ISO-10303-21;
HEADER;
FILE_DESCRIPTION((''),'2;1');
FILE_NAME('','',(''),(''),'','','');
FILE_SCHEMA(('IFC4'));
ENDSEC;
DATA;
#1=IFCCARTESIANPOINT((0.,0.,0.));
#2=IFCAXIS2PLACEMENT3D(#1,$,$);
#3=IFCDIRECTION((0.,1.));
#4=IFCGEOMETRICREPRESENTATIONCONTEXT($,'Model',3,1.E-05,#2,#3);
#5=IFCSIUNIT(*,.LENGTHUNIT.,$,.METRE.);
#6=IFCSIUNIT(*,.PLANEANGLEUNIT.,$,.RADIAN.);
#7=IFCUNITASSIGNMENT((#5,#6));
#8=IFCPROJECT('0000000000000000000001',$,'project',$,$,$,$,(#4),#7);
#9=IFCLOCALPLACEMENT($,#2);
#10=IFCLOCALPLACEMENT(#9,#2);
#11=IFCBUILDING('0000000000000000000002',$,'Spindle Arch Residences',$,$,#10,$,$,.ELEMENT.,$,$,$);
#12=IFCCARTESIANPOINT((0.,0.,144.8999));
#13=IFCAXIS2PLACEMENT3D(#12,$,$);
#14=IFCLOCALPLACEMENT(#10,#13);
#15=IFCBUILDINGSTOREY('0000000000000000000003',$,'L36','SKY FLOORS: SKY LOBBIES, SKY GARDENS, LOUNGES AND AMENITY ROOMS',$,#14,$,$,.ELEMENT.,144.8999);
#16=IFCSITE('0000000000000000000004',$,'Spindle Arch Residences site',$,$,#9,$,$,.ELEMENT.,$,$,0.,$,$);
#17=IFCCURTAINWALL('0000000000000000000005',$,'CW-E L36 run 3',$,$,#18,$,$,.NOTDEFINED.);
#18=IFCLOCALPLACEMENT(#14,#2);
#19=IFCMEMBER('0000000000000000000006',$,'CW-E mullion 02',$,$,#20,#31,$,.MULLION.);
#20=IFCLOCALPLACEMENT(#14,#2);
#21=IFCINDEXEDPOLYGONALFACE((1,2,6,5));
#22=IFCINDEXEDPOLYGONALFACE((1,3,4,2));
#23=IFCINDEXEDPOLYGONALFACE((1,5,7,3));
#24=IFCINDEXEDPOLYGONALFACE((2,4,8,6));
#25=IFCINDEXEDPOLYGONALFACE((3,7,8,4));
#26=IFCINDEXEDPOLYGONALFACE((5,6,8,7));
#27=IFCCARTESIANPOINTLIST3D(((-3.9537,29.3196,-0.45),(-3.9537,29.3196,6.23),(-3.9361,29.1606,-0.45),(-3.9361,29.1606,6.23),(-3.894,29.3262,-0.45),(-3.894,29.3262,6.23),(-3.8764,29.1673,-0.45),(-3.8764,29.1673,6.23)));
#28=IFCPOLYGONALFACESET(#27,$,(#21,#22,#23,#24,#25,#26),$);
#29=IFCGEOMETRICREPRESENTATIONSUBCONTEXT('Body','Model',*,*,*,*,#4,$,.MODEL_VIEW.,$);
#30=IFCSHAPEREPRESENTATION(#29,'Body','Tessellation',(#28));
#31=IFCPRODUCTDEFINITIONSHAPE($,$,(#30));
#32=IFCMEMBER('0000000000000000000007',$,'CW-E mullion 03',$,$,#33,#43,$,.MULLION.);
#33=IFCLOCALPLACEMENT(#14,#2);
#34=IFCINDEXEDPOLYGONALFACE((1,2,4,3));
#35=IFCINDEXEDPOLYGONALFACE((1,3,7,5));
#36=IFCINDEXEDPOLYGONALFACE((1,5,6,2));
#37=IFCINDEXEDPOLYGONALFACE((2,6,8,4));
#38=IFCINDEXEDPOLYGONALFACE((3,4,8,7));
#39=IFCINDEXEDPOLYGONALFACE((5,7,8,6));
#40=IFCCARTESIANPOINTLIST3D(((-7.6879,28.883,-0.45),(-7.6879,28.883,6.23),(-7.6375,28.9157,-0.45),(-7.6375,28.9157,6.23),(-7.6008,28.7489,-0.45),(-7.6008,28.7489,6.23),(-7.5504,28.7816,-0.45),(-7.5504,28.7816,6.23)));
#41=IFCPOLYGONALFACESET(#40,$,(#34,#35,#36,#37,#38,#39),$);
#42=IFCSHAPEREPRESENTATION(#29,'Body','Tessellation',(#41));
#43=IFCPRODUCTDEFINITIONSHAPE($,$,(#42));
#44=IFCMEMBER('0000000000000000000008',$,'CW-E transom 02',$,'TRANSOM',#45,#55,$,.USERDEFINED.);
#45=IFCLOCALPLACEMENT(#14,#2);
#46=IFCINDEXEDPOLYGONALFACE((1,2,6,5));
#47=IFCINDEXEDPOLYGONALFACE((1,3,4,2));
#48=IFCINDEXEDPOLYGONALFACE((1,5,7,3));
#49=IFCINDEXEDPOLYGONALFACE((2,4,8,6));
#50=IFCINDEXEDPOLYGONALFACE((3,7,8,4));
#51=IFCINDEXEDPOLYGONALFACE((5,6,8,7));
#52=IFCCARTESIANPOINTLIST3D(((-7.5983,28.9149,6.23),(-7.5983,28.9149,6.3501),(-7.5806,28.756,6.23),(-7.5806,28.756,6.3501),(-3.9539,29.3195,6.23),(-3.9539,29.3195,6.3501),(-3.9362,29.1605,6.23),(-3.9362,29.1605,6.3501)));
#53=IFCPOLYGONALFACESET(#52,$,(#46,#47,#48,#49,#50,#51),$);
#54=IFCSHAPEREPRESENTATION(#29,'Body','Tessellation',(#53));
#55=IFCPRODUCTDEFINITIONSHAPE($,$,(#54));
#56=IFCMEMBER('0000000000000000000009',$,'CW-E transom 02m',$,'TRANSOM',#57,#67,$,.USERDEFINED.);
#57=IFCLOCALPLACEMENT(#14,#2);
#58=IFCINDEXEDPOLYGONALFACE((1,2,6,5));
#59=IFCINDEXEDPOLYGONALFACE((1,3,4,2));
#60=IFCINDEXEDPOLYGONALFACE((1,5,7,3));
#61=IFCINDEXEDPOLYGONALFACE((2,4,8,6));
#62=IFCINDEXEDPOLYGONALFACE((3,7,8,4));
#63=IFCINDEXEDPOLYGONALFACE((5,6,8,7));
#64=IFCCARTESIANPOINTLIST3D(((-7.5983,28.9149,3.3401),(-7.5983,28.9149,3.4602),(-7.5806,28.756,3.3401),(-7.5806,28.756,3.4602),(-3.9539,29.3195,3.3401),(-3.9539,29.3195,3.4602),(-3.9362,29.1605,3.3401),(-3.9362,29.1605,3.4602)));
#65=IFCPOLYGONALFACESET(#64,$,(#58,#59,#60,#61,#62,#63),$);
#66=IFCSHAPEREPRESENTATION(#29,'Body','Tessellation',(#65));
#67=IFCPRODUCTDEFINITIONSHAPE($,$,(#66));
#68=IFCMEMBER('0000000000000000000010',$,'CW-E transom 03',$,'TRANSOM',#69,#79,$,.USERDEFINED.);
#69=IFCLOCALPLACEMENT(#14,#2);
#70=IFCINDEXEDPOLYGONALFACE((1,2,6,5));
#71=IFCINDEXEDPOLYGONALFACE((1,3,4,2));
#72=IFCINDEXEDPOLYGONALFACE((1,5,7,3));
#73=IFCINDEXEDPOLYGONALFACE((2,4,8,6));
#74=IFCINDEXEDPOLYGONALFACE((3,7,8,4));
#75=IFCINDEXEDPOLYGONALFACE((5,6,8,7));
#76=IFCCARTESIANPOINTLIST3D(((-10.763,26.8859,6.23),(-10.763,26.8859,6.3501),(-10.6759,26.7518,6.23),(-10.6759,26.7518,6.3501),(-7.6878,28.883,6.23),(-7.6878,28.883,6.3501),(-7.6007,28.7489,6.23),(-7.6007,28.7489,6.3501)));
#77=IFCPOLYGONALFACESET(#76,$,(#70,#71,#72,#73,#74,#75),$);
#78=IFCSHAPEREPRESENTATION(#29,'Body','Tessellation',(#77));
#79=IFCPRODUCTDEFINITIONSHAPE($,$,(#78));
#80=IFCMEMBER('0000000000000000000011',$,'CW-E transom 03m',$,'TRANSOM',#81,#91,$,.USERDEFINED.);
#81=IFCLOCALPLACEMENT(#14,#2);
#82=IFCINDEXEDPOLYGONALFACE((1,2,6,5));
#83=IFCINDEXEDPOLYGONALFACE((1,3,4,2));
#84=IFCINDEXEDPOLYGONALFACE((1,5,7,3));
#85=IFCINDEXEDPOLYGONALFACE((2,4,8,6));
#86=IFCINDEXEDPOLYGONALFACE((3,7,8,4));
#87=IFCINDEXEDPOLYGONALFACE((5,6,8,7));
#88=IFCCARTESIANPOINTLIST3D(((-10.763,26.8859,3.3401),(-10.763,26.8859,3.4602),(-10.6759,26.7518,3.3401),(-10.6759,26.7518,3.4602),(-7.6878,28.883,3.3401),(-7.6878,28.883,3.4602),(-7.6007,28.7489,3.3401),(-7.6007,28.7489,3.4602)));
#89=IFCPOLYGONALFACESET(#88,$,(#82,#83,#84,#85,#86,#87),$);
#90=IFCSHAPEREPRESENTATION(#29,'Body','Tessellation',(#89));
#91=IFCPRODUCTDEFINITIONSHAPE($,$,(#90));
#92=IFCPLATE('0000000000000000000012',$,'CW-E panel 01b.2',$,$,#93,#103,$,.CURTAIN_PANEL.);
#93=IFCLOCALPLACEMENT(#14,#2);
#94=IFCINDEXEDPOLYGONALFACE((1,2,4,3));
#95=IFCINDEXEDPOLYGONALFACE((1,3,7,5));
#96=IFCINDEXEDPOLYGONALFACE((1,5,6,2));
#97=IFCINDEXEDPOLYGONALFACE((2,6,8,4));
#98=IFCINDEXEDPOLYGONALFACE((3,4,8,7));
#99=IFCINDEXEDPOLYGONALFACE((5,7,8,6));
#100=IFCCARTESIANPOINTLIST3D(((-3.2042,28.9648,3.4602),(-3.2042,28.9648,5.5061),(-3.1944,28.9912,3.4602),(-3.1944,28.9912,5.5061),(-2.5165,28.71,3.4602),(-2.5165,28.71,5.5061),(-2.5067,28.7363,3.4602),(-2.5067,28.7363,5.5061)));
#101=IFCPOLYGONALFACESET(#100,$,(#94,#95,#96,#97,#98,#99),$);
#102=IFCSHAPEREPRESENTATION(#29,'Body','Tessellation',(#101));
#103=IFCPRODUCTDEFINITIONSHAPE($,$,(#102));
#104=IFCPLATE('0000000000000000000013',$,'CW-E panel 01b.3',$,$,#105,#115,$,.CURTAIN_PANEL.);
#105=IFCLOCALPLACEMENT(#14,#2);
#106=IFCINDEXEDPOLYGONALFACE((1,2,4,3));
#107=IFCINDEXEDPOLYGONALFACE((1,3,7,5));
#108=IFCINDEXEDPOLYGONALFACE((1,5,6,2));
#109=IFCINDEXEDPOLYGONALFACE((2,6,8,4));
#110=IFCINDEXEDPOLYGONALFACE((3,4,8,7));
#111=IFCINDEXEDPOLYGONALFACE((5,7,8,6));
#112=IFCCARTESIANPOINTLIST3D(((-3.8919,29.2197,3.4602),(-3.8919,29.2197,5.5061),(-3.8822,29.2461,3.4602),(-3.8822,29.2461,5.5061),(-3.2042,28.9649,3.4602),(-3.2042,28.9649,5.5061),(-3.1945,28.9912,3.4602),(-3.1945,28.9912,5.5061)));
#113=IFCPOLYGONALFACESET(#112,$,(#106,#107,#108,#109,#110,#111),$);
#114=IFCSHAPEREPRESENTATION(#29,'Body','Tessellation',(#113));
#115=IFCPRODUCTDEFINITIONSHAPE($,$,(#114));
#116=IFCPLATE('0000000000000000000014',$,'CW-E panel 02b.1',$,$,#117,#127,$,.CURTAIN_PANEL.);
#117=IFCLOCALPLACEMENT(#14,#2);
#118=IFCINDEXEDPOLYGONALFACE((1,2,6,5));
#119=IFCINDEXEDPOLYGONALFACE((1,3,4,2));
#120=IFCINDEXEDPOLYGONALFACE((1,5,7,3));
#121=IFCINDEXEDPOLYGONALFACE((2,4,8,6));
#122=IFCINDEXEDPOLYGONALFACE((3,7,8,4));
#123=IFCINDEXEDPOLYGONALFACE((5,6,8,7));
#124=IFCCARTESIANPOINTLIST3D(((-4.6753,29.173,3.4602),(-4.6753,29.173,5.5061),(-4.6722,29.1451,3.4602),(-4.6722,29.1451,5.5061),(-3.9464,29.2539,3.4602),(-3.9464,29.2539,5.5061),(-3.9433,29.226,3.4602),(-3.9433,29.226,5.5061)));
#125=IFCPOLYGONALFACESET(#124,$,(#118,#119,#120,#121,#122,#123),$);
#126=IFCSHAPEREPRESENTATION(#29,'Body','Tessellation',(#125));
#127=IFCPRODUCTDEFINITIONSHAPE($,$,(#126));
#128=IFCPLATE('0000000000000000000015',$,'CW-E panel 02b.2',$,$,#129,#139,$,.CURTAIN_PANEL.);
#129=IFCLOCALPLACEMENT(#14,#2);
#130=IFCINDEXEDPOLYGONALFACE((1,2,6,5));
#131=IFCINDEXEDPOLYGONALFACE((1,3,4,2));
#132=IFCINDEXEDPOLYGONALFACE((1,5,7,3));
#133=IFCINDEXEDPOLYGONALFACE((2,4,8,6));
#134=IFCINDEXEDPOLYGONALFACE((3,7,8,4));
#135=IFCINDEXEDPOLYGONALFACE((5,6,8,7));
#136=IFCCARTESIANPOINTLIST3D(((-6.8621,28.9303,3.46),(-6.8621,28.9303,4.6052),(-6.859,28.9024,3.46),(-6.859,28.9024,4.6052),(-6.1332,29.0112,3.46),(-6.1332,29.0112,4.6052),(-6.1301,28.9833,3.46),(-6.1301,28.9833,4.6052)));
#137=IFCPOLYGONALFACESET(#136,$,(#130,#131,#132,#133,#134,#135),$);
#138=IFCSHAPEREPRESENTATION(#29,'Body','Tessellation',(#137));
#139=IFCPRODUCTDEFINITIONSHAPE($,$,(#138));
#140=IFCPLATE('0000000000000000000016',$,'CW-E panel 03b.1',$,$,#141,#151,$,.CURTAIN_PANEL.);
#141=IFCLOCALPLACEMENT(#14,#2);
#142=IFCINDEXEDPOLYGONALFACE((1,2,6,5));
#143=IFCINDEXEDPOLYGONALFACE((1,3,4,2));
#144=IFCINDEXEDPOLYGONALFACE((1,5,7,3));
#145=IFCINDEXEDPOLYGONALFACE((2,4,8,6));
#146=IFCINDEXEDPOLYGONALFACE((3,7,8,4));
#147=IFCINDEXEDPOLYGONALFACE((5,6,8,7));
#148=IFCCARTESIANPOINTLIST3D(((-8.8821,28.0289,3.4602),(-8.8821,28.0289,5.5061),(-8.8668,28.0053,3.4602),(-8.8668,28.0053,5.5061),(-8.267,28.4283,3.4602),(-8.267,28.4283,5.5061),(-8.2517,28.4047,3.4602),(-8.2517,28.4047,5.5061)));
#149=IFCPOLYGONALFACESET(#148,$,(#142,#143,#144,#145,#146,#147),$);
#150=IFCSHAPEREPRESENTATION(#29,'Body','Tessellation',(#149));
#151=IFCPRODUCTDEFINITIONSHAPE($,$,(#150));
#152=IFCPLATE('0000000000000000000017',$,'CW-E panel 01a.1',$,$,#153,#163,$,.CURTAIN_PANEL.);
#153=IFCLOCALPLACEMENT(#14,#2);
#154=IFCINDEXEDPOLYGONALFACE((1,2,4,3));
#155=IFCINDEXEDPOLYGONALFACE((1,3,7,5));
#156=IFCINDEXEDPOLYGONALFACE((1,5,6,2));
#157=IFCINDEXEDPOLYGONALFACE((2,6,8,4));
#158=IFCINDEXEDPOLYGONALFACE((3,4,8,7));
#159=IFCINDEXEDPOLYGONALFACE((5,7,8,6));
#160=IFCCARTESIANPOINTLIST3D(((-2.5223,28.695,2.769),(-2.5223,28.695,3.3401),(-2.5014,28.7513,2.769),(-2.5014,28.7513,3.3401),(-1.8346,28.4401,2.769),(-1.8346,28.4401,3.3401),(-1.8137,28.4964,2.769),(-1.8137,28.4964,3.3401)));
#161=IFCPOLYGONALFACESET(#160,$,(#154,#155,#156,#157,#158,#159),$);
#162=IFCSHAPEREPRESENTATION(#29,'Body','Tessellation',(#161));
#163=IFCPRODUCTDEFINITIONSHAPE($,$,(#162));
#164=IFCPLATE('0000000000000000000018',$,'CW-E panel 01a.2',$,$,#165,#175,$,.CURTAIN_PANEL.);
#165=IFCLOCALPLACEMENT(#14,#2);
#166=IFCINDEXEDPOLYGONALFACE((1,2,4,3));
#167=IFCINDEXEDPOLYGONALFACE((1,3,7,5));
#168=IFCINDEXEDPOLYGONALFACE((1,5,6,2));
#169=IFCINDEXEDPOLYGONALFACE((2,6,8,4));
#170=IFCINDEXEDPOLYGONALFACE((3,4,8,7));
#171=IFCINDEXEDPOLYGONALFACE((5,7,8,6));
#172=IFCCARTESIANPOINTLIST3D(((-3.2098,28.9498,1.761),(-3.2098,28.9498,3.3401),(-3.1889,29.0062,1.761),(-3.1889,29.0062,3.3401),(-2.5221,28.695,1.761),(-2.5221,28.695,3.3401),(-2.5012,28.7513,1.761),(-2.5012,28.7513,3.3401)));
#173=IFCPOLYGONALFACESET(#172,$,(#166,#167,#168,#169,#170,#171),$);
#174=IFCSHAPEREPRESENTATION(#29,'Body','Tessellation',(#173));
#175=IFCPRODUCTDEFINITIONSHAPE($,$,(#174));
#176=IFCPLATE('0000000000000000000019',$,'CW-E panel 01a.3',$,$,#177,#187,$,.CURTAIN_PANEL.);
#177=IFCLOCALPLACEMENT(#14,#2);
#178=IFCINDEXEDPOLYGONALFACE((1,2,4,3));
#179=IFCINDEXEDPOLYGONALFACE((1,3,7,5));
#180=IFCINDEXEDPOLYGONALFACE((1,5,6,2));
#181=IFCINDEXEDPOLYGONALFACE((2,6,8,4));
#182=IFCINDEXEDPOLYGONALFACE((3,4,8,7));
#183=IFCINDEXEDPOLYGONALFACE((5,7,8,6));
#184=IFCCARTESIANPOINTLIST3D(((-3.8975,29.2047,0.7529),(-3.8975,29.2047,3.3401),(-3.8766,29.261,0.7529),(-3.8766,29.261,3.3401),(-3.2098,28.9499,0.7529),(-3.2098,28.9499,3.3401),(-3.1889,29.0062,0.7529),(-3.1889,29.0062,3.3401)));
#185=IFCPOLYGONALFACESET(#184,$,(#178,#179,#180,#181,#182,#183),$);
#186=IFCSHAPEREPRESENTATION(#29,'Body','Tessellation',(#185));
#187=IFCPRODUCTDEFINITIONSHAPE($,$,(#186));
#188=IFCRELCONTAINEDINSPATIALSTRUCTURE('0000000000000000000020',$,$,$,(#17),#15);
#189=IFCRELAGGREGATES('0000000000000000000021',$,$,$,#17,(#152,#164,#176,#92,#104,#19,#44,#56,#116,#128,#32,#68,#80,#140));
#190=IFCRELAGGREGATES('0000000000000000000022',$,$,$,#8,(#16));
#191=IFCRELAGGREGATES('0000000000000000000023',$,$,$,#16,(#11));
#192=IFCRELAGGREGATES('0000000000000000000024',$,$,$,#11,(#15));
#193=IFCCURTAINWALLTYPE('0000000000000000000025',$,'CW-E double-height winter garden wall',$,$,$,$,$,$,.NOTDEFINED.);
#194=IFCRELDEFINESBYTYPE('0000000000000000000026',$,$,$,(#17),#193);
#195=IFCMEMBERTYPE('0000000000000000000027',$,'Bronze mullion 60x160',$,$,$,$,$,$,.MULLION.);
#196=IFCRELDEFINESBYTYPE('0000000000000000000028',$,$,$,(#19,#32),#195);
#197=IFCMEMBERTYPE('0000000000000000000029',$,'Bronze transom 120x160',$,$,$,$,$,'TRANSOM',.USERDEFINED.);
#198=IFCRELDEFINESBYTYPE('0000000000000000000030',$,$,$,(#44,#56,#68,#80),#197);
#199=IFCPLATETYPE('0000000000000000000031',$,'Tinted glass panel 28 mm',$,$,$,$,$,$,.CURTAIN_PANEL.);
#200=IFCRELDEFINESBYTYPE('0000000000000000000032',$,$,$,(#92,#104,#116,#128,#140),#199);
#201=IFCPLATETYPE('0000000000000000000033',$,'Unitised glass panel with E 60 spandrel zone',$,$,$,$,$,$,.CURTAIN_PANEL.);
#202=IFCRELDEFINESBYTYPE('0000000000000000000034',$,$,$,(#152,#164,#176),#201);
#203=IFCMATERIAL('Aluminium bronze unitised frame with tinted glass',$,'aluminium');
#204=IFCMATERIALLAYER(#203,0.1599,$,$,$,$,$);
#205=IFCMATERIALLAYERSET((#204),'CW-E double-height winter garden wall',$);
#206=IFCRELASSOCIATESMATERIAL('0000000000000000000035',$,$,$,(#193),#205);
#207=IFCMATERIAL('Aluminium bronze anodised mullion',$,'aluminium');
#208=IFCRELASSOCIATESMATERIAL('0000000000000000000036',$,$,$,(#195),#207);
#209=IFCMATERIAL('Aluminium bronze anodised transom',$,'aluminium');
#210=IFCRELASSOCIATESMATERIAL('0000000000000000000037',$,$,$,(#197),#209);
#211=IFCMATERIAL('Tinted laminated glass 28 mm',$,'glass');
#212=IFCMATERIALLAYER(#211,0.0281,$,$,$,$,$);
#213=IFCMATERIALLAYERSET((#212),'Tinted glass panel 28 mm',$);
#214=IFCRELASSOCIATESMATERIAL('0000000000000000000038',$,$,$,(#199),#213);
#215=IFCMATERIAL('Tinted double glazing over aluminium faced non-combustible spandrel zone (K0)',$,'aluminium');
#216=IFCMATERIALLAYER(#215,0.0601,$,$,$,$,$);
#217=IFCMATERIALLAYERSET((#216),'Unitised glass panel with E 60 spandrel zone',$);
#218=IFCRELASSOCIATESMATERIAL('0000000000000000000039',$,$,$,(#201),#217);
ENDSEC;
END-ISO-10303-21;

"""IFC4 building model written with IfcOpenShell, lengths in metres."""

from ifc_helpers import new_model, si_unit, direction, frame, origin, origin_2d, place, context, subcontext, project, spatial, rectangle, extrude, material, layer, layer_set, material_profile, profile_set, type_object, element, aggregate, save


model = new_model("IFC4")

# Units and contexts
model_context = context("Model", 3, precision=1e-05, world=origin(), true_north=direction((0.0, 1.0)))
body_context = subcontext(model_context, "Body", "Model", "MODEL_VIEW")
ifc_project = project(units=[si_unit("LENGTHUNIT", "METRE"), si_unit("PLANEANGLEUNIT", "RADIAN")], contexts=[model_context])

# Site, building, storey
site_placement = place(None, origin())
site = spatial("IfcSite", under=ifc_project, at=site_placement, Name="Spindle Arch Residences site", CompositionType="ELEMENT", RefElevation=0.0)
building_placement = place(site_placement, origin())
building = spatial("IfcBuilding", under=site, at=building_placement, Name="Spindle Arch Residences", CompositionType="ELEMENT")
storey_placement = place(building_placement, frame((0.0, 0.0, 144.8999)))
storey = spatial("IfcBuildingStorey", under=building, at=storey_placement, Name="L36", Description="SKY FLOORS: SKY LOBBIES, SKY GARDENS, LOUNGES AND AMENITY ROOMS", CompositionType="ELEMENT", Elevation=144.8999)

# Curtain wall, members, plates
ifc_material_1 = material(Name="Aluminium bronze unitised frame with tinted glass", Category="aluminium")
ifc_layer_1 = layer(ifc_material_1, 0.1599)
ifc_layer_set_1 = layer_set([ifc_layer_1], Name="CW-E double-height winter garden wall")
curtain_wall_type = type_object("IfcCurtainWallType", Name="CW-E double-height winter garden wall", PredefinedType="NOTDEFINED", material=ifc_layer_set_1)
curtain_wall_placement = place(storey_placement, origin())
curtain_wall = element("IfcCurtainWall", 1, at=curtain_wall_placement, inside=storey, type_object=curtain_wall_type, Name="CW-E L36 run 3", PredefinedType="NOTDEFINED")
ifc_material_2 = material(Name="Aluminium bronze anodised mullion", Category="aluminium")
ifc_material_profile_1 = material_profile(ifc_material_2, rectangle(XDim=0.1599, YDim=0.0601, at=origin_2d()), Name="MU 60x160")
ifc_profile_set_1 = profile_set([ifc_material_profile_1], Name="Aluminium bronze anodised mullion")
member_type_1 = type_object("IfcMemberType", Name="Bronze mullion 60x160", PredefinedType="MULLION", material=ifc_profile_set_1)
member_1_placement = place(storey_placement, frame((-3.915, 29.2434, -0.45), z_axis=(0.0, 0.0, 1.0), x_axis=(0.110313, -0.993897, 0.0)))
member_1 = element("IfcMember", 2, at=member_1_placement, type_object=member_type_1, Name="CW-E mullion 02", PredefinedType="MULLION", context=body_context, shape_type="SweptSolid", body=[
    extrude(rectangle(XDim=0.1599, YDim=0.0601, at=origin_2d()), origin(), (0.0, 0.0, 1.0), 6.6799),
])
member_2_placement = place(storey_placement, frame((-7.6191, 28.8323, -0.45), z_axis=(0.0, 0.0, 1.0), x_axis=(0.544639, -0.838671, 0.0)))
member_2 = element("IfcMember", 3, at=member_2_placement, type_object=member_type_1, Name="CW-E mullion 03", PredefinedType="MULLION", context=body_context, shape_type="SweptSolid", body=[
    extrude(rectangle(XDim=0.1599, YDim=0.0601, at=origin_2d()), origin(), (0.0, 0.0, 1.0), 6.6799),
])
ifc_material_3 = material(Name="Aluminium bronze anodised transom", Category="aluminium")
ifc_material_profile_2 = material_profile(ifc_material_3, rectangle(XDim=0.1599, YDim=0.1201, at=origin_2d()), Name="TR 120x160")
ifc_profile_set_2 = profile_set([ifc_material_profile_2], Name="Aluminium bronze anodised transom")
member_type_2 = type_object("IfcMemberType", Name="Bronze transom 120x160", ElementType="TRANSOM", PredefinedType="USERDEFINED", material=ifc_profile_set_2)
member_3_placement = place(storey_placement, frame((-3.9451, 29.24, 6.29), z_axis=(-0.993895, -0.110329, 0.0), x_axis=(0.110329, -0.993895, 0.0)))
member_3 = element("IfcMember", 4, at=member_3_placement, type_object=member_type_2, Name="CW-E transom 02", ObjectType="TRANSOM", PredefinedType="USERDEFINED", context=body_context, shape_type="SweptSolid", body=[
    extrude(rectangle(XDim=0.1599, YDim=0.1201, at=origin_2d()), origin(), (0.0, 0.0, 1.0), 3.6667),
])
member_4_placement = place(storey_placement, frame((-3.9451, 29.24, 3.4001), z_axis=(-0.993895, -0.110329, 0.0), x_axis=(0.110329, -0.993895, 0.0)))
member_4 = element("IfcMember", 5, at=member_4_placement, type_object=member_type_2, Name="CW-E transom 02m", ObjectType="TRANSOM", PredefinedType="USERDEFINED", context=body_context, shape_type="SweptSolid", body=[
    extrude(rectangle(XDim=0.1599, YDim=0.1201, at=origin_2d()), origin(), (0.0, 0.0, 1.0), 3.6667),
])
member_5_placement = place(storey_placement, frame((-7.6443, 28.8159, 6.29), z_axis=(-0.838669, -0.544642, 0.0), x_axis=(0.544642, -0.838669, 0.0)))
member_5 = element("IfcMember", 6, at=member_5_placement, type_object=member_type_2, Name="CW-E transom 03", ObjectType="TRANSOM", PredefinedType="USERDEFINED", context=body_context, shape_type="SweptSolid", body=[
    extrude(rectangle(XDim=0.1599, YDim=0.1201, at=origin_2d()), origin(), (0.0, 0.0, 1.0), 3.6667),
])
member_6_placement = place(storey_placement, frame((-7.6443, 28.8159, 3.4001), z_axis=(-0.838669, -0.544642, 0.0), x_axis=(0.544642, -0.838669, 0.0)))
member_6 = element("IfcMember", 7, at=member_6_placement, type_object=member_type_2, Name="CW-E transom 03m", ObjectType="TRANSOM", PredefinedType="USERDEFINED", context=body_context, shape_type="SweptSolid", body=[
    extrude(rectangle(XDim=0.1599, YDim=0.1201, at=origin_2d()), origin(), (0.0, 0.0, 1.0), 3.6667),
])
ifc_material_4 = material(Name="Tinted laminated glass 28 mm", Category="glass")
ifc_layer_2 = layer(ifc_material_4, 0.0281)
ifc_layer_set_2 = layer_set([ifc_layer_2], Name="Tinted glass panel 28 mm")
plate_type_1 = type_object("IfcPlateType", Name="Tinted glass panel 28 mm", PredefinedType="CURTAIN_PANEL", material=ifc_layer_set_2)
plate_1_placement = place(storey_placement, frame((-2.8555, 28.8506, 3.4602), z_axis=(0.0, 0.0, 1.0), x_axis=(-0.937687, 0.347481, 0.0)))
plate_1 = element("IfcPlate", 8, at=plate_1_placement, type_object=plate_type_1, Name="CW-E panel 01b.2", PredefinedType="CURTAIN_PANEL", context=body_context, shape_type="SweptSolid", body=[
    extrude(rectangle(XDim=0.7334, YDim=0.0281, at=origin_2d()), origin(), (0.0, 0.0, 1.0), 2.0459),
])
plate_2_placement = place(storey_placement, frame((-3.5432, 29.1055, 3.4602), z_axis=(0.0, 0.0, 1.0), x_axis=(-0.937687, 0.347481, 0.0)))
plate_2 = element("IfcPlate", 9, at=plate_2_placement, type_object=plate_type_1, Name="CW-E panel 01b.3", PredefinedType="CURTAIN_PANEL", context=body_context, shape_type="SweptSolid", body=[
    extrude(rectangle(XDim=0.7334, YDim=0.0281, at=origin_2d()), origin(), (0.0, 0.0, 1.0), 2.0459),
])
plate_3_placement = place(storey_placement, frame((-4.3093, 29.1995, 3.4602), z_axis=(0.0, 0.0, 1.0), x_axis=(-0.993897, -0.110313, 0.0)))
plate_3 = element("IfcPlate", 10, at=plate_3_placement, type_object=plate_type_1, Name="CW-E panel 02b.1", PredefinedType="CURTAIN_PANEL", context=body_context, shape_type="SweptSolid", body=[
    extrude(rectangle(XDim=0.7334, YDim=0.0281, at=origin_2d()), origin(), (0.0, 0.0, 1.0), 2.0459),
])
plate_4_placement = place(storey_placement, frame((-6.4961, 28.9568, 3.46), z_axis=(0.0, 0.0, 1.0), x_axis=(-0.993897, -0.110313, 0.0)))
plate_4 = element("IfcPlate", 11, at=plate_4_placement, type_object=plate_type_1, Name="CW-E panel 02b.2", PredefinedType="CURTAIN_PANEL", context=body_context, shape_type="SweptSolid", body=[
    extrude(rectangle(XDim=0.7334, YDim=0.0281, at=origin_2d()), origin(), (0.0, 0.0, 1.0), 1.1453),
])
plate_5_placement = place(storey_placement, frame((-8.5669, 28.2168, 3.4602), z_axis=(0.0, 0.0, 1.0), x_axis=(-0.838671, -0.544639, 0.0)))
plate_5 = element("IfcPlate", 12, at=plate_5_placement, type_object=plate_type_1, Name="CW-E panel 03b.1", PredefinedType="CURTAIN_PANEL", context=body_context, shape_type="SweptSolid", body=[
    extrude(rectangle(XDim=0.7334, YDim=0.0281, at=origin_2d()), origin(), (0.0, 0.0, 1.0), 2.0459),
])
ifc_material_5 = material(Name="Tinted double glazing over aluminium faced non-combustible spandrel zone (K0)", Category="aluminium")
ifc_layer_3 = layer(ifc_material_5, 0.0601)
ifc_layer_set_3 = layer_set([ifc_layer_3], Name="Unitised glass panel with E 60 spandrel zone")
plate_type_2 = type_object("IfcPlateType", Name="Unitised glass panel with E 60 spandrel zone", PredefinedType="CURTAIN_PANEL", material=ifc_layer_set_3)
plate_6_placement = place(storey_placement, frame((-2.168, 28.5957, 2.769), z_axis=(0.0, 0.0, 1.0), x_axis=(-0.937687, 0.347481, 0.0)))
plate_6 = element("IfcPlate", 13, at=plate_6_placement, type_object=plate_type_2, Name="CW-E panel 01a.1", PredefinedType="CURTAIN_PANEL", context=body_context, shape_type="SweptSolid", body=[
    extrude(rectangle(XDim=0.7334, YDim=0.0601, at=origin_2d()), origin(), (0.0, 0.0, 1.0), 0.571),
])
plate_7_placement = place(storey_placement, frame((-2.8555, 28.8506, 1.761), z_axis=(0.0, 0.0, 1.0), x_axis=(-0.937687, 0.347481, 0.0)))
plate_7 = element("IfcPlate", 14, at=plate_7_placement, type_object=plate_type_2, Name="CW-E panel 01a.2", PredefinedType="CURTAIN_PANEL", context=body_context, shape_type="SweptSolid", body=[
    extrude(rectangle(XDim=0.7334, YDim=0.0601, at=origin_2d()), origin(), (0.0, 0.0, 1.0), 1.5791),
])
plate_8_placement = place(storey_placement, frame((-3.5432, 29.1055, 0.7529), z_axis=(0.0, 0.0, 1.0), x_axis=(-0.937687, 0.347481, 0.0)))
plate_8 = element("IfcPlate", 15, at=plate_8_placement, type_object=plate_type_2, Name="CW-E panel 01a.3", PredefinedType="CURTAIN_PANEL", context=body_context, shape_type="SweptSolid", body=[
    extrude(rectangle(XDim=0.7334, YDim=0.0601, at=origin_2d()), origin(), (0.0, 0.0, 1.0), 2.5872),
])
aggregate(curtain_wall, [plate_6, plate_7, plate_8, plate_1, plate_2, member_1, member_3, member_4, plate_3, plate_4, member_2, member_5, member_6, plate_5])

save(model, "model.ifc")
